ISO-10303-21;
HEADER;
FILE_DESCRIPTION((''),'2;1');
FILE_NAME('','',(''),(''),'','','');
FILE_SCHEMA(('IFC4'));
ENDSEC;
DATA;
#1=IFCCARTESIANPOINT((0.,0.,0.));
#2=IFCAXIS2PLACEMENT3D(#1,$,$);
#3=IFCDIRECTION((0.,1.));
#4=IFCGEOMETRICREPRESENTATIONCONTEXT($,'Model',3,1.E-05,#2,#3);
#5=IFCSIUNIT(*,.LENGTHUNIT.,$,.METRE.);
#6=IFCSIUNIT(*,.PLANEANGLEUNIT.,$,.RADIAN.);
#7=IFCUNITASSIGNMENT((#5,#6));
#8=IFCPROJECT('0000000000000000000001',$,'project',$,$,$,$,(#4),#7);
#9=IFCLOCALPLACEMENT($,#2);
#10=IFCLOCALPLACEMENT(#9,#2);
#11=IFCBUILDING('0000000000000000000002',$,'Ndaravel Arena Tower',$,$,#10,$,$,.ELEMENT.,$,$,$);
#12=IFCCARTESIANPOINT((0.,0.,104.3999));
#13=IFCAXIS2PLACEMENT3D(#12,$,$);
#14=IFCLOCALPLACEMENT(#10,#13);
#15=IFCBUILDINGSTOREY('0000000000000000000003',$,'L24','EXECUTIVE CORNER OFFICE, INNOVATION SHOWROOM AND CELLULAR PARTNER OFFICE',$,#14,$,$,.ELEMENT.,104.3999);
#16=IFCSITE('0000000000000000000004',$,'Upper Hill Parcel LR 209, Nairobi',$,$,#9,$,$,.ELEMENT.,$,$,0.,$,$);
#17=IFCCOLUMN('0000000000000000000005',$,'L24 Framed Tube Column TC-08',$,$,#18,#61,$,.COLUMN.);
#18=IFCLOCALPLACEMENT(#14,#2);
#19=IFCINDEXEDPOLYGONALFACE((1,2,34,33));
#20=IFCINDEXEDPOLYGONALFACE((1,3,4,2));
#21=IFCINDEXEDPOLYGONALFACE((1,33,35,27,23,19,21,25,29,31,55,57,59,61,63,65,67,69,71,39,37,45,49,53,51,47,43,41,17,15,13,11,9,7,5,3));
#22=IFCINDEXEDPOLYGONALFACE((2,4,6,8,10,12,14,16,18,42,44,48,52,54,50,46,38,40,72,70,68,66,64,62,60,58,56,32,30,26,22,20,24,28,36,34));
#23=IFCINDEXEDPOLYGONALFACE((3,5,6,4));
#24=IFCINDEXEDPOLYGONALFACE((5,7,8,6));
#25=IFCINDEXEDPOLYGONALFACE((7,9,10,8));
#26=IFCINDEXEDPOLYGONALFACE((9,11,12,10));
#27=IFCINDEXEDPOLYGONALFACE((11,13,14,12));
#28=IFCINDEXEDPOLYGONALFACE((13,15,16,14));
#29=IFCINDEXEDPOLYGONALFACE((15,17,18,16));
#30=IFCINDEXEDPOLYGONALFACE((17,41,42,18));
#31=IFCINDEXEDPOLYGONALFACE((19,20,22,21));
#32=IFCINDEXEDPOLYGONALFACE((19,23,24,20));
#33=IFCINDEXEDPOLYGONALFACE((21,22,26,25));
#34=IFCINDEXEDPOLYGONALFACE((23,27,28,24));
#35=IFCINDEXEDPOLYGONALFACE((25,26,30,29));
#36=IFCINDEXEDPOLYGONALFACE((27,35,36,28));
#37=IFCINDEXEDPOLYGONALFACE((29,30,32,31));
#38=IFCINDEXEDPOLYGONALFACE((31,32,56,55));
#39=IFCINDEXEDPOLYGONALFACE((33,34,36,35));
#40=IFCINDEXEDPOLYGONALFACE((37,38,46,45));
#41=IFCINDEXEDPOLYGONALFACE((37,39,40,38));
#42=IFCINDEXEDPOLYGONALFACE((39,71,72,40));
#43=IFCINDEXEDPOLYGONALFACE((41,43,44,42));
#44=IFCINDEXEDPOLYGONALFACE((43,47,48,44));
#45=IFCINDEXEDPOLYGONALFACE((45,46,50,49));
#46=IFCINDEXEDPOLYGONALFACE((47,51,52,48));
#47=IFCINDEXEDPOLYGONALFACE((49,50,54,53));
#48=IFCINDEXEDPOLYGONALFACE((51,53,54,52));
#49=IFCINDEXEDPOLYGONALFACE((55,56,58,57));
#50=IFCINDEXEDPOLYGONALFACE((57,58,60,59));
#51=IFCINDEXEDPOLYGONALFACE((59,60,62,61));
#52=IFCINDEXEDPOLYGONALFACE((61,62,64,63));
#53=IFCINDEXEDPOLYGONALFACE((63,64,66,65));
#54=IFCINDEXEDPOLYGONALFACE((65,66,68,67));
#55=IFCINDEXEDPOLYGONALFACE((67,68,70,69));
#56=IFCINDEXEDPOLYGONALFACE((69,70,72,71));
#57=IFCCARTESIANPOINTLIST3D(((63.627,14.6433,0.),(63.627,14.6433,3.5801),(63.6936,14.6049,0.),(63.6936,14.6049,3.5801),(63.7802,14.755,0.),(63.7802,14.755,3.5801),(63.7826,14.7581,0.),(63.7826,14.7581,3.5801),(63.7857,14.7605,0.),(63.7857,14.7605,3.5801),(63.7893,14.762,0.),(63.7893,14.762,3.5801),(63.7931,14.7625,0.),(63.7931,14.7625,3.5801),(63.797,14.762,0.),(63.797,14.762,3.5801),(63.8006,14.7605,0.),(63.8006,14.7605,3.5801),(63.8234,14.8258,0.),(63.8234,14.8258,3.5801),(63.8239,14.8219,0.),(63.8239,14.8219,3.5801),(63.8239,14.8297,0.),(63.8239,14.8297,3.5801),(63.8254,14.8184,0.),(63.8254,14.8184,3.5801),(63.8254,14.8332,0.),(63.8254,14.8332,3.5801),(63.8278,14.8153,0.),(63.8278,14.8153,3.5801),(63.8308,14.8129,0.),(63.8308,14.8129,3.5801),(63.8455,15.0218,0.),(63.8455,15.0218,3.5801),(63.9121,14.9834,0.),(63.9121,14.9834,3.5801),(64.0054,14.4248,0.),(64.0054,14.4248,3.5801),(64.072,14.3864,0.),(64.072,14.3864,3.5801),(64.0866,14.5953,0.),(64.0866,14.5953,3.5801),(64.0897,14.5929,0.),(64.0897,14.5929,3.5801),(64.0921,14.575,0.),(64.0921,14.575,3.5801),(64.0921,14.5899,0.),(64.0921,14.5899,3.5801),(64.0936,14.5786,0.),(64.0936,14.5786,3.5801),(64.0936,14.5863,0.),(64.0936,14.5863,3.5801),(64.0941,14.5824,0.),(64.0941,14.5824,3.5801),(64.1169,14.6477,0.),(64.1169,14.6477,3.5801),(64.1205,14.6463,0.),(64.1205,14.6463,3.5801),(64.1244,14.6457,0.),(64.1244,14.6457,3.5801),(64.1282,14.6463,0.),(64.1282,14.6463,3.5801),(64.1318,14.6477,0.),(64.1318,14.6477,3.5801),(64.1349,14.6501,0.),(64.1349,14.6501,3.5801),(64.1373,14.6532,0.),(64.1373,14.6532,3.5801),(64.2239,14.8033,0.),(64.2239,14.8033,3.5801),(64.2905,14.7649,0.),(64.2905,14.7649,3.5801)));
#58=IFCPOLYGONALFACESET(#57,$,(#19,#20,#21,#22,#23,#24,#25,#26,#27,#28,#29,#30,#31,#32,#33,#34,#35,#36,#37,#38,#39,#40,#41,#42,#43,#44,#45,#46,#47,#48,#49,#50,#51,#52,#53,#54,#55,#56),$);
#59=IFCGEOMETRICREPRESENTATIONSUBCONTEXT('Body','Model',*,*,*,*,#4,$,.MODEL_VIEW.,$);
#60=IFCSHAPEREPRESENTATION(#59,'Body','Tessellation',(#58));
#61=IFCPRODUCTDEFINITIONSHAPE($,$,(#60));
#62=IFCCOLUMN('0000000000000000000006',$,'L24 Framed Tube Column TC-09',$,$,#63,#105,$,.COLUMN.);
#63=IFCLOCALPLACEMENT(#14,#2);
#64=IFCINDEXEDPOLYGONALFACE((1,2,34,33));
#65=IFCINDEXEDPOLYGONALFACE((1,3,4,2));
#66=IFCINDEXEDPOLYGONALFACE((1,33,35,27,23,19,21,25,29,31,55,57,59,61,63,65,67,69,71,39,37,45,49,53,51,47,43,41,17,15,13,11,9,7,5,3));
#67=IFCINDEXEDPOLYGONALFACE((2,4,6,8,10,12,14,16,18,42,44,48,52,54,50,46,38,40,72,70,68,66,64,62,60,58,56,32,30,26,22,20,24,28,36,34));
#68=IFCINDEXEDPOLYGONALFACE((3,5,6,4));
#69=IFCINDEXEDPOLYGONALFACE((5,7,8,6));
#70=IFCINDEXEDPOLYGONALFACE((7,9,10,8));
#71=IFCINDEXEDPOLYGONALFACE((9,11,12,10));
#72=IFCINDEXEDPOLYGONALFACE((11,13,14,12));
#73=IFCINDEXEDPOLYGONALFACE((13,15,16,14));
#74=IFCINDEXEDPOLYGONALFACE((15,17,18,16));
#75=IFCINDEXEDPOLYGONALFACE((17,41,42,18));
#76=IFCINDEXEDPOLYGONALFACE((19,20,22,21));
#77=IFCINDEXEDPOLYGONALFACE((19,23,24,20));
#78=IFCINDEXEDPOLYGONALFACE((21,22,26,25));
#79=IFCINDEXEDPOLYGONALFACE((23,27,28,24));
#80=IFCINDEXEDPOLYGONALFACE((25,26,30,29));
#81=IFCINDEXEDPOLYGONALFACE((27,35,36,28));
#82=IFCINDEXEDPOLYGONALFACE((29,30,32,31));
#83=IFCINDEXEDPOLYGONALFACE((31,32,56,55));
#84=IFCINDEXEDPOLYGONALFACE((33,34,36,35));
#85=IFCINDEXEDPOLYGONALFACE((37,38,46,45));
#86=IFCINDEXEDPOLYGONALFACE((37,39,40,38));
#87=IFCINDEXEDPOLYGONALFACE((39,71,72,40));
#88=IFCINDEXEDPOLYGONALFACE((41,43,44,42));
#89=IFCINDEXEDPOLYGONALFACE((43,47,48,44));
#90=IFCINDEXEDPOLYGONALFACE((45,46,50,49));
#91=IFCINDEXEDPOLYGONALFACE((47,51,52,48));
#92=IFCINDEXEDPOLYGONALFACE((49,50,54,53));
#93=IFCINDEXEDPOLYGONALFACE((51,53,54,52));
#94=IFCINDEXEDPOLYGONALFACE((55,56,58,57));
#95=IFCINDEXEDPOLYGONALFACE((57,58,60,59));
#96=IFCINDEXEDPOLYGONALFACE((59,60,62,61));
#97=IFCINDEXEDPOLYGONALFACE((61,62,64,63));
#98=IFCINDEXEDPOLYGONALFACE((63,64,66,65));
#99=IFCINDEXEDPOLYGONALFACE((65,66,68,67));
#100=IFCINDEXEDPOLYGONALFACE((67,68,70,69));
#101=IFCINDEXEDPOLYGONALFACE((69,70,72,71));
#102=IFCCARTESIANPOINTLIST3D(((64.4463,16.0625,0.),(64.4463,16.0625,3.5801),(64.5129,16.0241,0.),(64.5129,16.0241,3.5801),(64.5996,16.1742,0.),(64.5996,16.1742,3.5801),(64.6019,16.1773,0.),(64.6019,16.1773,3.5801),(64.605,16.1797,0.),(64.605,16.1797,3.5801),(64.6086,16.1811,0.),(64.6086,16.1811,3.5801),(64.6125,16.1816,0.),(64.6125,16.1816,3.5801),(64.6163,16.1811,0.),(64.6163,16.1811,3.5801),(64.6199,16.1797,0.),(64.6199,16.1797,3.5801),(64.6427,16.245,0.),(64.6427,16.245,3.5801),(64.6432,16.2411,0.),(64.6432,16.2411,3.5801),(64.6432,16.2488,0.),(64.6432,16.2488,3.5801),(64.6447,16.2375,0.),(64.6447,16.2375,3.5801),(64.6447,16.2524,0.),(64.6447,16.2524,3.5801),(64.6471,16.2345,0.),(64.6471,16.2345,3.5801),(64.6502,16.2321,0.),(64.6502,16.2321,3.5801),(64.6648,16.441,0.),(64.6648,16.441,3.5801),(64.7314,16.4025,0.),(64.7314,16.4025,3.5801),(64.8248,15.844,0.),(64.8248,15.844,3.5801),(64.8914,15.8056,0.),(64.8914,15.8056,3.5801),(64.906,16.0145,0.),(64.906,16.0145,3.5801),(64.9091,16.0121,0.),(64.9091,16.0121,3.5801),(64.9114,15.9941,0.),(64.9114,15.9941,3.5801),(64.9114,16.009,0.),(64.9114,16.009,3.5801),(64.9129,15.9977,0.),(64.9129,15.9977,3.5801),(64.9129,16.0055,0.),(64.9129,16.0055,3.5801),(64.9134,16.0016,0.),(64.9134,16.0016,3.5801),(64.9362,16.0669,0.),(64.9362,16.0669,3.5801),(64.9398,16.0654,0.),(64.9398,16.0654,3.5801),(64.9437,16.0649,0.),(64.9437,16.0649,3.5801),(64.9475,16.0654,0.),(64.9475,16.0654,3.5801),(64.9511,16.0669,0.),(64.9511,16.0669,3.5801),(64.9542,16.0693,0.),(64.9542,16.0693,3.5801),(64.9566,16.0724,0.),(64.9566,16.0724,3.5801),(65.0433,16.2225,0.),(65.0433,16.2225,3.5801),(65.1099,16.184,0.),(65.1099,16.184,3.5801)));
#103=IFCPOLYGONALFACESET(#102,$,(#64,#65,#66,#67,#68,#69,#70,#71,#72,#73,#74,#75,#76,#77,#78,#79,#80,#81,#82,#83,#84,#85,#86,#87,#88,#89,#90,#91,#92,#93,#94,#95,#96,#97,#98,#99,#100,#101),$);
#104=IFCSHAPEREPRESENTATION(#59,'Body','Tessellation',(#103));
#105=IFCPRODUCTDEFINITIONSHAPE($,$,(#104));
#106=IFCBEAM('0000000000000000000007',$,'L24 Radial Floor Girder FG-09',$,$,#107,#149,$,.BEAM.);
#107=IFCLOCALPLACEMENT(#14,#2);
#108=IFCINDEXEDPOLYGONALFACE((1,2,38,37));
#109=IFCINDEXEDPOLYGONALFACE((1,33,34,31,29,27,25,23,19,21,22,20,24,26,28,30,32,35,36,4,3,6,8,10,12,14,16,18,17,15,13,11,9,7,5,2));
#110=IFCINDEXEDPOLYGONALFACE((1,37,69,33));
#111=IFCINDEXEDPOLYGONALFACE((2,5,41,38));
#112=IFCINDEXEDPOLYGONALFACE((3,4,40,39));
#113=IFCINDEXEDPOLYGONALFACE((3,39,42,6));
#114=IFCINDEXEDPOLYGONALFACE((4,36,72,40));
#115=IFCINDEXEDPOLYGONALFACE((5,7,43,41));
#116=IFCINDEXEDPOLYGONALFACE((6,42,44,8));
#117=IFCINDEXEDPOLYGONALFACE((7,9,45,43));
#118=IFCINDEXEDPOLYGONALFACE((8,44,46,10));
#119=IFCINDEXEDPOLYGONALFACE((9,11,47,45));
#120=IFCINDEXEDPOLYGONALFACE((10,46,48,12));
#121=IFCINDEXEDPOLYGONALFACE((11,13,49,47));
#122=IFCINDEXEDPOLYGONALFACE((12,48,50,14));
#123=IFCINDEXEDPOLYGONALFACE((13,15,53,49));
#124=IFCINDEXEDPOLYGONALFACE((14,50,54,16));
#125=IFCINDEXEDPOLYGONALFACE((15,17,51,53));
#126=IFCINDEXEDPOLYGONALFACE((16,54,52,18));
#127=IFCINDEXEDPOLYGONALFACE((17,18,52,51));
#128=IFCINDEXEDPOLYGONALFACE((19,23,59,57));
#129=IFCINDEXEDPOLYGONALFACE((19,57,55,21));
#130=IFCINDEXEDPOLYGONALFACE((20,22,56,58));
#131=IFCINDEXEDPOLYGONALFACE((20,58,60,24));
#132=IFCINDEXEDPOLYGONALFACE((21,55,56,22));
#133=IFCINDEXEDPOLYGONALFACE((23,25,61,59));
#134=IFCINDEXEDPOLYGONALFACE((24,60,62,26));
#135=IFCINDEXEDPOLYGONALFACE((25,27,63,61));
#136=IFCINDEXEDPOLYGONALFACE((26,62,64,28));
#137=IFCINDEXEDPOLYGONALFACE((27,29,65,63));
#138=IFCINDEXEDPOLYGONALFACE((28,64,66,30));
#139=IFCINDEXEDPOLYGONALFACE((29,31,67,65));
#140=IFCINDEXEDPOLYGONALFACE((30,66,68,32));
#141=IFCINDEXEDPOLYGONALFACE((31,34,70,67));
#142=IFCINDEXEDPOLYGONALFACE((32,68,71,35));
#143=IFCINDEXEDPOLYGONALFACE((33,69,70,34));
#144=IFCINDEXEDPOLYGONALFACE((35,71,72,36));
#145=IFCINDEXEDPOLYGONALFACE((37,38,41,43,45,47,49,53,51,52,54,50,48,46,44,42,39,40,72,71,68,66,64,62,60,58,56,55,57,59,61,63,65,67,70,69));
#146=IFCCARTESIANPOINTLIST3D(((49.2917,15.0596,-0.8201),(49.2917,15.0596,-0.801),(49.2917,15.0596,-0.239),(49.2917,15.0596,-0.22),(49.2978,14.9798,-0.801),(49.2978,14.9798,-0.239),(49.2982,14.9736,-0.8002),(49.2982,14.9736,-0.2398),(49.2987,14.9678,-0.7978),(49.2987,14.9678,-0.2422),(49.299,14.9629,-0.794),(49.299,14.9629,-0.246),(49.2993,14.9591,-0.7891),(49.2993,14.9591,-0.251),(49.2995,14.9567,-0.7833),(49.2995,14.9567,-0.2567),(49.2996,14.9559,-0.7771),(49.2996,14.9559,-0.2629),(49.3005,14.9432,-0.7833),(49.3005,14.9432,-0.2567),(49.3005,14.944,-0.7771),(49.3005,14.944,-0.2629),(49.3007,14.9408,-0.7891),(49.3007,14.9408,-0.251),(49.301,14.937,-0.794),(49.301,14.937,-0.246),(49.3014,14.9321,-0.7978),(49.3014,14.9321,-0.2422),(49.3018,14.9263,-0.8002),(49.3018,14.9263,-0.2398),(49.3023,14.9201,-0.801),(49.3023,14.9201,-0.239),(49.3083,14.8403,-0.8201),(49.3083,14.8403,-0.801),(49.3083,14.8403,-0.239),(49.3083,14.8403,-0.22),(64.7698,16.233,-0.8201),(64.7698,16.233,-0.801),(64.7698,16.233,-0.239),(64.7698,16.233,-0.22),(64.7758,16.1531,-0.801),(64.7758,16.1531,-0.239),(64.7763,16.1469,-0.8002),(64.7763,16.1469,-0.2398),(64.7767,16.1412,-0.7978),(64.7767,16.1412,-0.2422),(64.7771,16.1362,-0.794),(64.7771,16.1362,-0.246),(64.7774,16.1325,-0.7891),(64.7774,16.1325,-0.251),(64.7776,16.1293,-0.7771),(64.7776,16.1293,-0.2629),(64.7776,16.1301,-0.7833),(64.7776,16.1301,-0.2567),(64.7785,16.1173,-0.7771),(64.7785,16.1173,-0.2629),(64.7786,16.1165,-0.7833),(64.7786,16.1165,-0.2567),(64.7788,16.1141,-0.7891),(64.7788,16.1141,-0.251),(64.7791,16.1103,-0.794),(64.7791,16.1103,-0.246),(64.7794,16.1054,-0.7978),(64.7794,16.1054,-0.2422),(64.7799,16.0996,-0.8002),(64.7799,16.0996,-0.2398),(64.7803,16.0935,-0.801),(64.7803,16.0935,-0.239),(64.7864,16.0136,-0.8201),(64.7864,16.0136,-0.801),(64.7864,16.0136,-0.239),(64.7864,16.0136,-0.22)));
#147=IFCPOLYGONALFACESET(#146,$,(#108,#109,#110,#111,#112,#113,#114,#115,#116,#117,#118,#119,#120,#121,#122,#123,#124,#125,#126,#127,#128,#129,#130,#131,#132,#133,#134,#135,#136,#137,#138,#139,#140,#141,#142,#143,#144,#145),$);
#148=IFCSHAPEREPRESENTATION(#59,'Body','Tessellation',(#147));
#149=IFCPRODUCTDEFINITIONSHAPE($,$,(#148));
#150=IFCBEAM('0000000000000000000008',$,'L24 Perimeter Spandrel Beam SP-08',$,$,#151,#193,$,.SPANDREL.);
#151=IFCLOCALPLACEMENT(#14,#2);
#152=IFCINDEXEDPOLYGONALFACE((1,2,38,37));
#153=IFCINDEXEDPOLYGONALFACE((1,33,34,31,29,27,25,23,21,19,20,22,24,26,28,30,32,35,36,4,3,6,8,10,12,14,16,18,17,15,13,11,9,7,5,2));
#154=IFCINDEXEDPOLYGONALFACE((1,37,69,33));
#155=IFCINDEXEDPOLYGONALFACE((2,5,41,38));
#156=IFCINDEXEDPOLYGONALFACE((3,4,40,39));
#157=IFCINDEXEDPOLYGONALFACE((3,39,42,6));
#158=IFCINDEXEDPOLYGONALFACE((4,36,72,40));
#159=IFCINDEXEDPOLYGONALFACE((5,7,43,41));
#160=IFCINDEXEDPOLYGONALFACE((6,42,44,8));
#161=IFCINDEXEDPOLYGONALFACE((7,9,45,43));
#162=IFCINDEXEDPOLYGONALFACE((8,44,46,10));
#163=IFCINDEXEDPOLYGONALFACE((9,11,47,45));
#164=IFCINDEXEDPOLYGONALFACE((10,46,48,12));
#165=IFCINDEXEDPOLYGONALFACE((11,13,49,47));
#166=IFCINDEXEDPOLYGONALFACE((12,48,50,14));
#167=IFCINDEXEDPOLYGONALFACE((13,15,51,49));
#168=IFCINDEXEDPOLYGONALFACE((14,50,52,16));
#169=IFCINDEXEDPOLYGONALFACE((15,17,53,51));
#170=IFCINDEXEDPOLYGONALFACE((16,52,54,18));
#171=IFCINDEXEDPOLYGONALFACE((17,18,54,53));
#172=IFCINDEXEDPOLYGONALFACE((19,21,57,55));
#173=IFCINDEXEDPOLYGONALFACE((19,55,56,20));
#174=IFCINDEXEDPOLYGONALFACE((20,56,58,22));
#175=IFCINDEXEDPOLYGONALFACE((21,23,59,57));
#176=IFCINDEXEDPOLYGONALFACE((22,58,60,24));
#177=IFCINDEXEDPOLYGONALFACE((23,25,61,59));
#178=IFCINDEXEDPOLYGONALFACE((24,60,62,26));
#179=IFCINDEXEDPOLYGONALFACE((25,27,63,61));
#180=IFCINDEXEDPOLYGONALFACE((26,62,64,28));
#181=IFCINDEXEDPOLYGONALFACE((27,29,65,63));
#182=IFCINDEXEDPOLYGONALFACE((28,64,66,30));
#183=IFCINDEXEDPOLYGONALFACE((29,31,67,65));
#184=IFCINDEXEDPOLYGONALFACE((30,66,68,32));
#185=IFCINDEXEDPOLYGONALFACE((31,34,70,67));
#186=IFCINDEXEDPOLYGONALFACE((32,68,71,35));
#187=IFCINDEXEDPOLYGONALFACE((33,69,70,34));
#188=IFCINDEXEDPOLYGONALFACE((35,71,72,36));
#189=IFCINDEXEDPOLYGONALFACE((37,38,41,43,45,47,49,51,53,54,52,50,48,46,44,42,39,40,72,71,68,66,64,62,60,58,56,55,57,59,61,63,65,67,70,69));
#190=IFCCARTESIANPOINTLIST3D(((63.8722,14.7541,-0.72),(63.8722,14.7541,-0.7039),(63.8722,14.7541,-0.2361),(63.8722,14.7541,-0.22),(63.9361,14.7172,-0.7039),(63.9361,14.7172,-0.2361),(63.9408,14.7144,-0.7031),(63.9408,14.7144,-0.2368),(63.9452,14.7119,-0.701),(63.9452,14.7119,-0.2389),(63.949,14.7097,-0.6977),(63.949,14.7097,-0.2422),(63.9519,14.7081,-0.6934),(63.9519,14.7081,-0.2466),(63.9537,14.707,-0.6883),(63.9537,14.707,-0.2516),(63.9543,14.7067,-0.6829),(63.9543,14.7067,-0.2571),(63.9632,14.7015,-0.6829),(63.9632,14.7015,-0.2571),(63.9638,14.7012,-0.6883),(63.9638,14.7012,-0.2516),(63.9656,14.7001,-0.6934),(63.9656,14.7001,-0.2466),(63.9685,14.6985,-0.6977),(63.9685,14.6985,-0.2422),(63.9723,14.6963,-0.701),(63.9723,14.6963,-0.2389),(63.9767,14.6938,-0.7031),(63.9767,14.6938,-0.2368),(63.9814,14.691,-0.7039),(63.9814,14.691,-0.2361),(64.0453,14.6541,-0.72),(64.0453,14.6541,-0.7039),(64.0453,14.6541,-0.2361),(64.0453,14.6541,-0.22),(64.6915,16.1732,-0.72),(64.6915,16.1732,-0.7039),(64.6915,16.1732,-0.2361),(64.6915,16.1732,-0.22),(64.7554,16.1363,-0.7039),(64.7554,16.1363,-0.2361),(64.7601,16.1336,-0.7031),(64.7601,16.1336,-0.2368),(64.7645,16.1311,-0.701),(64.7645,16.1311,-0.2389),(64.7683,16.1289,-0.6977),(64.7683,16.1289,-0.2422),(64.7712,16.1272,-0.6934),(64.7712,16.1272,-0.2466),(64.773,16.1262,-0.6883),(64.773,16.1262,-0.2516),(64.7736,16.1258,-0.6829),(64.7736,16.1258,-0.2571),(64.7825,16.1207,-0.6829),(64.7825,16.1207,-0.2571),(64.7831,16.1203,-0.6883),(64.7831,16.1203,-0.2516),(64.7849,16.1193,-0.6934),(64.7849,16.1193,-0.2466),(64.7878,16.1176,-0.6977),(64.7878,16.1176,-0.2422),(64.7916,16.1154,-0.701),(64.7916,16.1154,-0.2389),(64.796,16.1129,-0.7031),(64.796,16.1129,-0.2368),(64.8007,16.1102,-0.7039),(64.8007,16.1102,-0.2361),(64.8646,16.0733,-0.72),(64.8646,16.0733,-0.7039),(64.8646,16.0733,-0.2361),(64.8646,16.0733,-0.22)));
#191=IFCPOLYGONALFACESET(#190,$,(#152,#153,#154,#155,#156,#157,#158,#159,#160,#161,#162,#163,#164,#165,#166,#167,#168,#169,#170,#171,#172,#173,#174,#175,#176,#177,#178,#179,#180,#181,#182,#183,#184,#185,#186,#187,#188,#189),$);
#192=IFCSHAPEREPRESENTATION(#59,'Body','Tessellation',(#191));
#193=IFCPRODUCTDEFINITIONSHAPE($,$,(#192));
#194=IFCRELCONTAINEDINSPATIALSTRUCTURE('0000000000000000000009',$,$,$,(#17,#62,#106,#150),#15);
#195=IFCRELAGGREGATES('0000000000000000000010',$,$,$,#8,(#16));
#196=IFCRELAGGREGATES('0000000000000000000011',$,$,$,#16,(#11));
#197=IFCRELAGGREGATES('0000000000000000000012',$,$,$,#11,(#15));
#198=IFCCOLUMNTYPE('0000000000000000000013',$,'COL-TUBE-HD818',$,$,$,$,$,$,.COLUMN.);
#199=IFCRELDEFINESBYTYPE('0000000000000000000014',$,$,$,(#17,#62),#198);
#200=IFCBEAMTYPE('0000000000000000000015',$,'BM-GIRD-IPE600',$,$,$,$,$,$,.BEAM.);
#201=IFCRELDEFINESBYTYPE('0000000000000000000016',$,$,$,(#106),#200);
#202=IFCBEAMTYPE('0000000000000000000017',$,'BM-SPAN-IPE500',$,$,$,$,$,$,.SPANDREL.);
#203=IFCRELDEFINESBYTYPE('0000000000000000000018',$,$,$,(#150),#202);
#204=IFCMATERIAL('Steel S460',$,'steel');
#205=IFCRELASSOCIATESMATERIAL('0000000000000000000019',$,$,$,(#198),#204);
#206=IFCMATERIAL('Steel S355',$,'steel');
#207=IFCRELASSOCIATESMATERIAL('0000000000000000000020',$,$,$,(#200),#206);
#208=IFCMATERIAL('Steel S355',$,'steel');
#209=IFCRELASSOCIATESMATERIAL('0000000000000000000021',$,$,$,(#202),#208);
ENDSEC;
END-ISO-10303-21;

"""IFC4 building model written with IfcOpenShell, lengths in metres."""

from ifc_helpers import new_model, si_unit, direction, frame, origin, origin_2d, place, context, subcontext, project, spatial, i_section, extrude, material, material_profile, profile_set, type_object, element, save


model = new_model("IFC4")

# Units and contexts
model_context = context("Model", 3, precision=1e-05, world=origin(), true_north=direction((0.0, 1.0)))
body_context = subcontext(model_context, "Body", "Model", "MODEL_VIEW")
ifc_project = project(units=[si_unit("LENGTHUNIT", "METRE"), si_unit("PLANEANGLEUNIT", "RADIAN")], contexts=[model_context])

# Site, building, storey
site_placement = place(None, origin())
site = spatial("IfcSite", under=ifc_project, at=site_placement, Name="Upper Hill Parcel LR 209, Nairobi", CompositionType="ELEMENT", RefElevation=0.0)
building_placement = place(site_placement, origin())
building = spatial("IfcBuilding", under=site, at=building_placement, Name="Ndaravel Arena Tower", CompositionType="ELEMENT")
storey_placement = place(building_placement, frame((0.0, 0.0, 104.3999)))
storey = spatial("IfcBuildingStorey", under=building, at=storey_placement, Name="L24", Description="EXECUTIVE CORNER OFFICE, INNOVATION SHOWROOM AND CELLULAR PARTNER OFFICE", CompositionType="ELEMENT", Elevation=104.3999)

# Columns
ifc_material_1 = material(Name="Steel S460", Category="steel")
ifc_material_profile_1 = material_profile(ifc_material_1, i_section(OverallWidth=0.437, OverallDepth=0.5139, WebThickness=0.0605, FlangeThickness=0.0769, FilletRadius=0.0149, at=origin_2d()), Name="HD 400x818")
ifc_profile_set_1 = profile_set([ifc_material_profile_1], Name="Steel S460")
column_type = type_object("IfcColumnType", Name="COL-TUBE-HD818", PredefinedType="COLUMN", material=ifc_profile_set_1)
for number, where, z_axis, x_axis, name in (
    (1, (63.9587, 14.7041, 0.0), (0.0, 0.0, 1.0), (0.5, 0.866025, 0.0), "L24 Framed Tube Column TC-08"),
    (2, (64.7781, 16.1233, 0.0), (0.0, 0.0, 1.0), (0.5, 0.866025, 0.0), "L24 Framed Tube Column TC-09"),
):
    element("IfcColumn", number, at=place(storey_placement, frame(where, z_axis=z_axis, x_axis=x_axis)), inside=storey, type_object=column_type, Name=name, PredefinedType="COLUMN", context=body_context, shape_type="SweptSolid", body=[
        extrude(i_section(OverallWidth=0.437, OverallDepth=0.5139, WebThickness=0.0605, FlangeThickness=0.0769, FilletRadius=0.0149, at=origin_2d()), origin(), (0.0, 0.0, 1.0), 3.5801),
    ])

# Beams
ifc_material_2 = material(Name="Steel S355", Category="steel")
ifc_material_profile_2 = material_profile(ifc_material_2, i_section(OverallWidth=0.22, OverallDepth=0.6001, WebThickness=0.012, FlangeThickness=0.019, FilletRadius=0.0239, at=origin_2d()), Name="IPE 600")
ifc_profile_set_2 = profile_set([ifc_material_profile_2], Name="Steel S355")
beam_type_1 = type_object("IfcBeamType", Name="BM-GIRD-IPE600", PredefinedType="BEAM", material=ifc_profile_set_2)
beam_1_placement = place(storey_placement, frame((64.7781, 16.1233, -0.52), z_axis=(-0.997139, -0.07559, 0.0), x_axis=(0.07559, -0.997139, 0.0)))
element("IfcBeam", 3, at=beam_1_placement, inside=storey, type_object=beam_type_1, Name="L24 Radial Floor Girder FG-09", PredefinedType="BEAM", context=body_context, shape_type="SweptSolid", body=[
    extrude(i_section(OverallWidth=0.22, OverallDepth=0.6001, WebThickness=0.012, FlangeThickness=0.019, FilletRadius=0.0239, at=origin_2d()), origin(), (0.0, 0.0, 1.0), 15.5225),
])
ifc_material_3 = material(Name="Steel S355", Category="steel")
ifc_material_profile_3 = material_profile(ifc_material_3, i_section(OverallWidth=0.2, OverallDepth=0.5, WebThickness=0.0103, FlangeThickness=0.0161, FilletRadius=0.021, at=origin_2d()), Name="IPE 500")
ifc_profile_set_3 = profile_set([ifc_material_profile_3], Name="Steel S355")
beam_type_2 = type_object("IfcBeamType", Name="BM-SPAN-IPE500", PredefinedType="SPANDREL", material=ifc_profile_set_3)
beam_2_placement = place(storey_placement, frame((63.9587, 14.7041, -0.47), z_axis=(0.499985, 0.866034, 0.0), x_axis=(-0.866034, 0.499985, 0.0)))
element("IfcBeam", 4, at=beam_2_placement, inside=storey, type_object=beam_type_2, Name="L24 Perimeter Spandrel Beam SP-08", PredefinedType="SPANDREL", context=body_context, shape_type="SweptSolid", body=[
    extrude(i_section(OverallWidth=0.2, OverallDepth=0.5, WebThickness=0.0103, FlangeThickness=0.0161, FilletRadius=0.021, at=origin_2d()), origin(), (0.0, 0.0, 1.0), 1.6387),
])

save(model, "model.ifc")
